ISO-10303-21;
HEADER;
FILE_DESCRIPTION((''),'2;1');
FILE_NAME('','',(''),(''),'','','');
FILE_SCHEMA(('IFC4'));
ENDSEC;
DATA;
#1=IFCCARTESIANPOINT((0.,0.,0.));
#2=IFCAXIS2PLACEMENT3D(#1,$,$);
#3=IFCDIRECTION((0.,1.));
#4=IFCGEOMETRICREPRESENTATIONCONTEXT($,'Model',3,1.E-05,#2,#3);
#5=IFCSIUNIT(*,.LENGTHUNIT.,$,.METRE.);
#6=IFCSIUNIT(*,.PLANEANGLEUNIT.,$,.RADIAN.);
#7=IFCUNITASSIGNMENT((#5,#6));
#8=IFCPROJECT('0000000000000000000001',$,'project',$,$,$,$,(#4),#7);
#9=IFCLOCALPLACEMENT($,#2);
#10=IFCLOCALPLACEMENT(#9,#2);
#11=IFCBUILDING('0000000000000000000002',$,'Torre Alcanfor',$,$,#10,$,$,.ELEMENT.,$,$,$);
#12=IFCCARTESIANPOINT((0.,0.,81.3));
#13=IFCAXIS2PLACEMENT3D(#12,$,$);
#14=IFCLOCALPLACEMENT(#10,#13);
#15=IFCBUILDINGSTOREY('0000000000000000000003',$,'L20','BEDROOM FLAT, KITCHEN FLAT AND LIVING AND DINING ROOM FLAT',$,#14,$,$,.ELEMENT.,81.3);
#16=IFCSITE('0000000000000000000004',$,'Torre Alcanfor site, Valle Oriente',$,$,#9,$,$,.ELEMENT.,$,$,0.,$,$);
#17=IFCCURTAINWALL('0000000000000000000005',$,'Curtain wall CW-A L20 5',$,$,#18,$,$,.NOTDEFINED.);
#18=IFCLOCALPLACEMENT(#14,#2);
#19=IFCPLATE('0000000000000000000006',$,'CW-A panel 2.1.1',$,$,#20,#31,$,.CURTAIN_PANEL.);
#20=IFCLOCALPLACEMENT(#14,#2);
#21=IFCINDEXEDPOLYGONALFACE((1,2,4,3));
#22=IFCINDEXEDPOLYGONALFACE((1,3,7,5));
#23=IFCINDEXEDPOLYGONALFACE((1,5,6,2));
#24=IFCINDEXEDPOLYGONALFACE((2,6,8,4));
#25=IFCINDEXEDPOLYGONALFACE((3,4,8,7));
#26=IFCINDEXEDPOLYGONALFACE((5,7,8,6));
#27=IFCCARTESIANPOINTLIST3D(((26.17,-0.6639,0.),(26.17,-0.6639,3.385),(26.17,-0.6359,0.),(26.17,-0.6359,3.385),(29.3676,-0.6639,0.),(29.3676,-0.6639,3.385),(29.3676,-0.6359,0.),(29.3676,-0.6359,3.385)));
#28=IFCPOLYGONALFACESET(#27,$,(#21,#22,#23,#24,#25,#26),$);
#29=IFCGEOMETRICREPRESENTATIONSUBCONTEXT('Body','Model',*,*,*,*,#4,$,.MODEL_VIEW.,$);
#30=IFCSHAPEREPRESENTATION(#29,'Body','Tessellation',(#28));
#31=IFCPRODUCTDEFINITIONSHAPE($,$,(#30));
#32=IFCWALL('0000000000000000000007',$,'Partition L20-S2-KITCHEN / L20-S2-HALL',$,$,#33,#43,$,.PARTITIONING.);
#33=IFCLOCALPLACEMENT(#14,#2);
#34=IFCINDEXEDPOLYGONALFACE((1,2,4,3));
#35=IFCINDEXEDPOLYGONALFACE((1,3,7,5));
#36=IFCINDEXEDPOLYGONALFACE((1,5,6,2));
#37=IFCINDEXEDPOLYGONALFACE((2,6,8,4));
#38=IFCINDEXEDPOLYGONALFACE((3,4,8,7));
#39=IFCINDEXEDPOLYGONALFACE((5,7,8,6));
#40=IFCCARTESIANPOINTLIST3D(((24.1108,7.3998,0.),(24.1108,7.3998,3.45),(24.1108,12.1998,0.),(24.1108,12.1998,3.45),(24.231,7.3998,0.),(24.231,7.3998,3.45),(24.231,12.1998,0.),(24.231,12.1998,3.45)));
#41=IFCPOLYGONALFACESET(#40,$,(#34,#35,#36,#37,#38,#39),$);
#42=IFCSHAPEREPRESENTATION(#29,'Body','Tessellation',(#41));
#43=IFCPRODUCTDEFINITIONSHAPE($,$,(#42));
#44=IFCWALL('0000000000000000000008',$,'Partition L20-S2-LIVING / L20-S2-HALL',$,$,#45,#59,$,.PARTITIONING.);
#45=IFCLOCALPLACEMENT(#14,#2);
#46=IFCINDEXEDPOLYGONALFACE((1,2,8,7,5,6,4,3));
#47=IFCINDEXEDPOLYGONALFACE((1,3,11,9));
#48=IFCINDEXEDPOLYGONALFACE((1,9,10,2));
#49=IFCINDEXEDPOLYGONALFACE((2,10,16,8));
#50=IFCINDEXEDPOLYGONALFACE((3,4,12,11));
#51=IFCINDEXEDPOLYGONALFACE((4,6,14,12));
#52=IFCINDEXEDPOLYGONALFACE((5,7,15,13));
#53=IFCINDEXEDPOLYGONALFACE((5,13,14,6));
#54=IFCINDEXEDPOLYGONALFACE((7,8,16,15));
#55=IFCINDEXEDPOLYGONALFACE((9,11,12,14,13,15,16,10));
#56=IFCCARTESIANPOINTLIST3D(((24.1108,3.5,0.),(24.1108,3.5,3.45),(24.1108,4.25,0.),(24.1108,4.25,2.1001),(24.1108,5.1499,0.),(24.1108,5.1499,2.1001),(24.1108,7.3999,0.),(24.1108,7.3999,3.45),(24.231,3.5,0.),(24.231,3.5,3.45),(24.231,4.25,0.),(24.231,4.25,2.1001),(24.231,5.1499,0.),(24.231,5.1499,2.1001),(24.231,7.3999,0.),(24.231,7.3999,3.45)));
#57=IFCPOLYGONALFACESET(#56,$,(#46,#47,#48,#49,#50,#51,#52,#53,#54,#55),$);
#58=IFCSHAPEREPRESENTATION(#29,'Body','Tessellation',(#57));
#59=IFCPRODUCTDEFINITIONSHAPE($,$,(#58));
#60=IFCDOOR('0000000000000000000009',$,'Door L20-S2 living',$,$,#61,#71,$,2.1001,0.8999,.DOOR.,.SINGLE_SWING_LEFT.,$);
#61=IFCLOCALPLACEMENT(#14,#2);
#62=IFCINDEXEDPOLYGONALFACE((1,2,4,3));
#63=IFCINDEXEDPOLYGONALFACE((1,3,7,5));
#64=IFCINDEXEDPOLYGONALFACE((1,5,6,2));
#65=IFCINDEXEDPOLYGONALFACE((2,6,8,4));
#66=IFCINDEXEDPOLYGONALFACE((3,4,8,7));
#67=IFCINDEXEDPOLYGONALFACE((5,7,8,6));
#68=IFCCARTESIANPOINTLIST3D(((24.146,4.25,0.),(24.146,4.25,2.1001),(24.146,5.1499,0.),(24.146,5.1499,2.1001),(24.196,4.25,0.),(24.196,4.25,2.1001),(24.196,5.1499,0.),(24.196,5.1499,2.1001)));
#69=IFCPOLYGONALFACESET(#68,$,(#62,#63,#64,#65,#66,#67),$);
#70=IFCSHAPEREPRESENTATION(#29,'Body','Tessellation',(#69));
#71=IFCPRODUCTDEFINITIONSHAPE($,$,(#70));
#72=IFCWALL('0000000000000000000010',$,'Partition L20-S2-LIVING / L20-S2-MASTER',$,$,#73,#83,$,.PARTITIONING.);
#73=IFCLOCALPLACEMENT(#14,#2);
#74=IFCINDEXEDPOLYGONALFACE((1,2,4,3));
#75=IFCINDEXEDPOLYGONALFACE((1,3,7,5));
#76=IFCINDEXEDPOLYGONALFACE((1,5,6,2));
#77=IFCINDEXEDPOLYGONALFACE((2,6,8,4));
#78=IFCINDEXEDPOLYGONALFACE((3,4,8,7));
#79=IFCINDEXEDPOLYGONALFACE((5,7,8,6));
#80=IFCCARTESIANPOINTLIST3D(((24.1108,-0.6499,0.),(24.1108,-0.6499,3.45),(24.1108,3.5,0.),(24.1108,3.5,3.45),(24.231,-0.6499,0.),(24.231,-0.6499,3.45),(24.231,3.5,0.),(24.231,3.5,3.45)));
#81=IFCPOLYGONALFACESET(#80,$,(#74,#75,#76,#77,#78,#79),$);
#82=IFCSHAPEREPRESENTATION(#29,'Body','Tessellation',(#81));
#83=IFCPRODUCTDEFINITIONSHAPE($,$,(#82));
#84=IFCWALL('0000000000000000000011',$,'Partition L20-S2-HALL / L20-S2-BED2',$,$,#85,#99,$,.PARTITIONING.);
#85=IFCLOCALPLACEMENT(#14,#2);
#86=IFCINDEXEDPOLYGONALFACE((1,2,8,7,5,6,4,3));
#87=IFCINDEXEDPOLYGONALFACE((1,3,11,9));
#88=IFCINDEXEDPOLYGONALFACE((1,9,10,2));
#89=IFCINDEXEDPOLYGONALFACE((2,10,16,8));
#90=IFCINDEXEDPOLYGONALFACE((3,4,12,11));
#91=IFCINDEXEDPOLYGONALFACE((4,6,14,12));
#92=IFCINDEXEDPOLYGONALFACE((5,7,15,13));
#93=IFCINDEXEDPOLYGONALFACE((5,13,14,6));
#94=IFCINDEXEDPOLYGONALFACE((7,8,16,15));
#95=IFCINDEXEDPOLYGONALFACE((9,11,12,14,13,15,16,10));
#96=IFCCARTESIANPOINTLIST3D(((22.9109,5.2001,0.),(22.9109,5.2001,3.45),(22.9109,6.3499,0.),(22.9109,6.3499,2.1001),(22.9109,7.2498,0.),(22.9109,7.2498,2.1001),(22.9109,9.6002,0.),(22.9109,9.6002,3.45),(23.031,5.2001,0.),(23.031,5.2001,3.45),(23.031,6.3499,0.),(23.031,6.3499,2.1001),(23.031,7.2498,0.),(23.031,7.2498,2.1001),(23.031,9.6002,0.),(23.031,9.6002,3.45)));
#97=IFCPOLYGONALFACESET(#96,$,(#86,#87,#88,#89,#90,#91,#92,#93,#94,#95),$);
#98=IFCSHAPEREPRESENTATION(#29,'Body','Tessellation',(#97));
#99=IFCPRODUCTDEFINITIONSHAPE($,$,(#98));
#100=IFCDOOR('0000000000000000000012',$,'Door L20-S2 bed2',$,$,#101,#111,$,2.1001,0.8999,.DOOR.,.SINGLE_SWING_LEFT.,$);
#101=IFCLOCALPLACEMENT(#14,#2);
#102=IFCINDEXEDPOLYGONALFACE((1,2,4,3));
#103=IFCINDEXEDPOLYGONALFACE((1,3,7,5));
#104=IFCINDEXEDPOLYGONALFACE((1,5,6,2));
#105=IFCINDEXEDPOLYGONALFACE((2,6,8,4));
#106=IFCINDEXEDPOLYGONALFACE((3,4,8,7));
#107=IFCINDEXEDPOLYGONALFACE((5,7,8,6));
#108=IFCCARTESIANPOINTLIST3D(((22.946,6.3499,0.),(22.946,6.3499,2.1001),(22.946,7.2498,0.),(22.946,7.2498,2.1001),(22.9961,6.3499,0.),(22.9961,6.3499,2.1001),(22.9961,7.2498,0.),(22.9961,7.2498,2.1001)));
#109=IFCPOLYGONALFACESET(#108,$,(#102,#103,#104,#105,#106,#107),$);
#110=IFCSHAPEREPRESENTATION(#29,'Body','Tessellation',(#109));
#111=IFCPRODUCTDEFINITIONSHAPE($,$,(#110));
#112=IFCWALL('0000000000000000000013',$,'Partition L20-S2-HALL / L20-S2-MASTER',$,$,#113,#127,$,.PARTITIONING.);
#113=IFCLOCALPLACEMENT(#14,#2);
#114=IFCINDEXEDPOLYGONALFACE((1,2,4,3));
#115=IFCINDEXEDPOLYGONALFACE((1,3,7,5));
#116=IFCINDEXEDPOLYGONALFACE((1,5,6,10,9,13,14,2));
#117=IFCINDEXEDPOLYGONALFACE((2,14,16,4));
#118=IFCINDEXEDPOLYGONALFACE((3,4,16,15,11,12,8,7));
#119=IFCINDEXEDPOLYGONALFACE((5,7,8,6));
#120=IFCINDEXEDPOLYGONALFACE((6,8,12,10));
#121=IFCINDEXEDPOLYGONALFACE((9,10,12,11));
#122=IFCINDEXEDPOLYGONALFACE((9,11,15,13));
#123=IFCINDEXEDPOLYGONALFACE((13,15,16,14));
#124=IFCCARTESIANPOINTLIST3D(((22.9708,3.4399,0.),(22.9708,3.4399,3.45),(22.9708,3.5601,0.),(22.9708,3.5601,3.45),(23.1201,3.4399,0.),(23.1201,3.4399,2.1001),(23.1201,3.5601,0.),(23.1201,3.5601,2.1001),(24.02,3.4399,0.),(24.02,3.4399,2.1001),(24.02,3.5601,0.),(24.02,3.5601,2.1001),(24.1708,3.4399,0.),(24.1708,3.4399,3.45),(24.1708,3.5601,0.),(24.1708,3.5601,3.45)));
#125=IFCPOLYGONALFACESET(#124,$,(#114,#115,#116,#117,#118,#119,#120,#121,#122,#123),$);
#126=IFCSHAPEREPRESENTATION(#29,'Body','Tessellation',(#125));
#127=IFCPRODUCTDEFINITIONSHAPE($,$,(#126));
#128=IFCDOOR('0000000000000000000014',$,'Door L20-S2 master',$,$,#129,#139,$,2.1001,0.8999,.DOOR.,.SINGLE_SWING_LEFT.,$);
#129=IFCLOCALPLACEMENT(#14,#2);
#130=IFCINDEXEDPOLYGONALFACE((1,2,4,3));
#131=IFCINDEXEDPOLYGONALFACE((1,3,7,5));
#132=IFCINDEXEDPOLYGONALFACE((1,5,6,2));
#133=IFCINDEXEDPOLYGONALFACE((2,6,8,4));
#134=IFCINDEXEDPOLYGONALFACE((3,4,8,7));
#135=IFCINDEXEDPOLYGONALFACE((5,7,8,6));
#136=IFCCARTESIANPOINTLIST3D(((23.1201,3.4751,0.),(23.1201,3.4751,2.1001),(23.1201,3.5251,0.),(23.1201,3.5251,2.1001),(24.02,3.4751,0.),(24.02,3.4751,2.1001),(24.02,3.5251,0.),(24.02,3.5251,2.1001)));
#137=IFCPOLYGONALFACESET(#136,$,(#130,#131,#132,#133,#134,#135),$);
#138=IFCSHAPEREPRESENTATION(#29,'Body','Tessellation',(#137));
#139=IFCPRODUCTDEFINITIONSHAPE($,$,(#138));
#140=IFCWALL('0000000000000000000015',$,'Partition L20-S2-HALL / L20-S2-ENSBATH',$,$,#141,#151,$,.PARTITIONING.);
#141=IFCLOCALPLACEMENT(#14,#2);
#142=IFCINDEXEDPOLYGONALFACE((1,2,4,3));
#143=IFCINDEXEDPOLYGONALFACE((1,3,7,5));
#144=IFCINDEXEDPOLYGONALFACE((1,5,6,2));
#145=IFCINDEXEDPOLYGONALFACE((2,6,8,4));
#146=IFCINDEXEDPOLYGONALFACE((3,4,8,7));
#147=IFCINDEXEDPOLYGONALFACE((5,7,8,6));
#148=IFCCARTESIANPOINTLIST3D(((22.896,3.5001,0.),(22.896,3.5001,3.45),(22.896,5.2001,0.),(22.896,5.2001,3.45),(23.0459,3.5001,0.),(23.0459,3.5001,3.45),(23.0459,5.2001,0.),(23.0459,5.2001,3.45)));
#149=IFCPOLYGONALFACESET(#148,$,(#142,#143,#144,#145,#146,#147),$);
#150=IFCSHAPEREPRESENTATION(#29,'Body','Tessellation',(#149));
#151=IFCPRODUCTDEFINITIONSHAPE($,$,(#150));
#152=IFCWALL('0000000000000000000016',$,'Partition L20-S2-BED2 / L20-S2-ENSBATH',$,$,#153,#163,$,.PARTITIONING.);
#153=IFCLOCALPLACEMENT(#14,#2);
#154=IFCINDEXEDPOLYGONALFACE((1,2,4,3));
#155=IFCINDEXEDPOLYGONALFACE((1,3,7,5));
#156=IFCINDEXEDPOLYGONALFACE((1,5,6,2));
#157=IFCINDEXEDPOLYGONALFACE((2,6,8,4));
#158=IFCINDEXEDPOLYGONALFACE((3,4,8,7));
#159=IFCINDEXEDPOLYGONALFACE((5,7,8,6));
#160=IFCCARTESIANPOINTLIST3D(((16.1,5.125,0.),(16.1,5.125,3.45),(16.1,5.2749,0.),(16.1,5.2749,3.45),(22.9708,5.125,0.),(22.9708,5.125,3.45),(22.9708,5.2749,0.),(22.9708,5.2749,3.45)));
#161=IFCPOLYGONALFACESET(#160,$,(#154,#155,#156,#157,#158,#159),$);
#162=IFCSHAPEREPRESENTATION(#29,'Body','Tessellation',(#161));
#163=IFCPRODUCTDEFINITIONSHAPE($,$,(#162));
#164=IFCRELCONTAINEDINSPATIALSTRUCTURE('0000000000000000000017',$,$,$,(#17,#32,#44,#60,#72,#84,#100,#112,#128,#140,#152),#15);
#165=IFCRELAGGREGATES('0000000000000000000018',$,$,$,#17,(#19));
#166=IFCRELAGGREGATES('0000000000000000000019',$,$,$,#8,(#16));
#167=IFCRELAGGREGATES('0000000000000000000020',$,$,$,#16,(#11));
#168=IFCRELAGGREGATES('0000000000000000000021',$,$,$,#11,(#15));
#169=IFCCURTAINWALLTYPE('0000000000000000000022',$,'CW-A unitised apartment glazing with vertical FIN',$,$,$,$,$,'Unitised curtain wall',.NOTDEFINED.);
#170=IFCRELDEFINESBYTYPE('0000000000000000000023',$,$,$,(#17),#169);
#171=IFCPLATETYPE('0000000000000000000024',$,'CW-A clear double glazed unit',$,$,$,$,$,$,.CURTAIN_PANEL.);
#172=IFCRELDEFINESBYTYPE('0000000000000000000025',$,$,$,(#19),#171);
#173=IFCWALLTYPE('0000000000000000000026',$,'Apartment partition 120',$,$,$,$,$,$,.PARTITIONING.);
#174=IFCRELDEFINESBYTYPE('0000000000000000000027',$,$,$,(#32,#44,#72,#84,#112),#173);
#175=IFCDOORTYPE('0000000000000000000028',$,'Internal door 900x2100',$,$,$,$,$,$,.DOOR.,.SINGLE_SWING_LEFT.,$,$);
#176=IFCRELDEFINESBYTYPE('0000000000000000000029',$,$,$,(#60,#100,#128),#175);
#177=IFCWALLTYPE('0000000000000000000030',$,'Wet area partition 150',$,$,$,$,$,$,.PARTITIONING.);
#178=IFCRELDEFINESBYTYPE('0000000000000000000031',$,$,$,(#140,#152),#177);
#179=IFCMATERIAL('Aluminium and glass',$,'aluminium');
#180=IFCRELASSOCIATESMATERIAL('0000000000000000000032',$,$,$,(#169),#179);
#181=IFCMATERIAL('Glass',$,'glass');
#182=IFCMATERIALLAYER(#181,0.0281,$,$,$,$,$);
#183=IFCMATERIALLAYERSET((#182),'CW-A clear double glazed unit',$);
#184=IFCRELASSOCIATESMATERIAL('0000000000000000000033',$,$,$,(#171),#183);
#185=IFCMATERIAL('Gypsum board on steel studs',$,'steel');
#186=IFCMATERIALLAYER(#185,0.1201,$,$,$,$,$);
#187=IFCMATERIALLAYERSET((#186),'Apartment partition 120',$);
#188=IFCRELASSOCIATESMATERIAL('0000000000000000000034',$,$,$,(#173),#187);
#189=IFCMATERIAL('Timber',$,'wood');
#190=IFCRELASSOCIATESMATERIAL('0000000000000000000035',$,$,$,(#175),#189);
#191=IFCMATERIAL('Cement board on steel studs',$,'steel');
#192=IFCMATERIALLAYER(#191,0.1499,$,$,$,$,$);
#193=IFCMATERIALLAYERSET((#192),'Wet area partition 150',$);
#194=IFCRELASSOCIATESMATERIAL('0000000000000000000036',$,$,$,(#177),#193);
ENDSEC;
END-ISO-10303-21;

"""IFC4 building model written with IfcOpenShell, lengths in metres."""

from ifc_helpers import new_model, si_unit, direction, frame, frame_2d, origin, origin_2d, place, context, subcontext, project, spatial, rectangle, extrude, material, layer, layer_set, type_object, element, fill, aggregate, save


model = new_model("IFC4")

# Units and contexts
model_context = context("Model", 3, precision=1e-05, world=origin(), true_north=direction((0.0, 1.0)))
body_context = subcontext(model_context, "Body", "Model", "MODEL_VIEW")
ifc_project = project(units=[si_unit("LENGTHUNIT", "METRE"), si_unit("PLANEANGLEUNIT", "RADIAN")], contexts=[model_context])

# Site, building, storey
site_placement = place(None, origin())
site = spatial("IfcSite", under=ifc_project, at=site_placement, Name="Torre Alcanfor site, Valle Oriente", CompositionType="ELEMENT", RefElevation=0.0)
building_placement = place(site_placement, origin())
building = spatial("IfcBuilding", under=site, at=building_placement, Name="Torre Alcanfor", CompositionType="ELEMENT")
storey_placement = place(building_placement, frame((0.0, 0.0, 81.3)))
storey = spatial("IfcBuildingStorey", under=building, at=storey_placement, Name="L20", Description="BEDROOM FLAT, KITCHEN FLAT AND LIVING AND DINING ROOM FLAT", CompositionType="ELEMENT", Elevation=81.3)

# Curtain wall
ifc_material_1 = material(Name="Aluminium and glass", Category="aluminium")
curtain_wall_type = type_object("IfcCurtainWallType", Name="CW-A unitised apartment glazing with vertical FIN", ElementType="Unitised curtain wall", PredefinedType="NOTDEFINED", material=ifc_material_1)
curtain_wall_placement = place(storey_placement, origin())
curtain_wall = element("IfcCurtainWall", 1, at=curtain_wall_placement, inside=storey, type_object=curtain_wall_type, Name="Curtain wall CW-A L20 5", PredefinedType="NOTDEFINED")

# Plate
ifc_material_2 = material(Name="Glass", Category="glass")
ifc_layer_1 = layer(ifc_material_2, 0.0281)
ifc_layer_set_1 = layer_set([ifc_layer_1], Name="CW-A clear double glazed unit")
plate_type = type_object("IfcPlateType", Name="CW-A clear double glazed unit", PredefinedType="CURTAIN_PANEL", material=ifc_layer_set_1)
plate_1_placement = place(storey_placement, frame((27.7688, -0.6499, 0.0), z_axis=(0.0, 0.0, 1.0), x_axis=(1.0, 0.0, 0.0)))
plate_1 = element("IfcPlate", 2, at=plate_1_placement, type_object=plate_type, Name="CW-A panel 2.1.1", PredefinedType="CURTAIN_PANEL", context=body_context, shape_type="SweptSolid", body=[
    extrude(rectangle(XDim=3.1975, YDim=0.0281, at=origin_2d()), origin(), (0.0, 0.0, 1.0), 3.385),
])
aggregate(curtain_wall, [plate_1])

# Wall
ifc_material_3 = material(Name="Gypsum board on steel studs", Category="steel")
ifc_layer_2 = layer(ifc_material_3, 0.1201)
ifc_layer_set_2 = layer_set([ifc_layer_2], Name="Apartment partition 120")
wall_type_1 = type_object("IfcWallType", Name="Apartment partition 120", PredefinedType="PARTITIONING", material=ifc_layer_set_2)
wall_1_placement = place(storey_placement, frame((24.1709, 7.3999, 0.0), z_axis=(0.0, 0.0, 1.0), x_axis=(0.0, 1.0, 0.0)))
element("IfcWall", 3, at=wall_1_placement, inside=storey, type_object=wall_type_1, Name="Partition L20-S2-KITCHEN / L20-S2-HALL", PredefinedType="PARTITIONING", context=body_context, shape_type="SweptSolid", body=[
    extrude(rectangle(XDim=4.8, YDim=0.1201, at=frame_2d((2.3999, 0.0))), origin(), (0.0, 0.0, 1.0), 3.45),
])

# Wall, opening, door
wall_2_placement = place(storey_placement, frame((24.1709, 3.5, 0.0), z_axis=(0.0, 0.0, 1.0), x_axis=(0.0, 1.0, 0.0)))
wall_2 = element("IfcWall", 4, at=wall_2_placement, inside=storey, type_object=wall_type_1, Name="Partition L20-S2-LIVING / L20-S2-HALL", PredefinedType="PARTITIONING", context=body_context, shape_type="SweptSolid", body=[
    extrude(rectangle(XDim=3.8999, YDim=0.1201, at=frame_2d((1.95, 0.0))), origin(), (0.0, 0.0, 1.0), 3.45),
])
opening_1_placement = place(wall_2_placement, frame((0.75, 0.0, 0.0)))
opening_1 = element("IfcOpeningElement", 5, at=opening_1_placement, cuts=wall_2, PredefinedType="OPENING", context=body_context, shape_type="SweptSolid", body=[
    extrude(rectangle(XDim=0.8999, YDim=2.1001, at=frame_2d((0.45, 1.05))), frame((0.0, 0.0701, 0.0), z_axis=(0.0, -1.0, 0.0), x_axis=(1.0, 0.0, 0.0)), (0.0, 0.0, 1.0), 0.1401),
])
ifc_material_4 = material(Name="Timber", Category="wood")
door_type_1 = type_object("IfcDoorType", Name="Internal door 900x2100", OperationType="SINGLE_SWING_LEFT", PredefinedType="DOOR", material=ifc_material_4)
door_1_placement = place(opening_1_placement, frame((0.8999, 0.0, 0.0), z_axis=(0.0, 0.0, 1.0), x_axis=(-1.0, 0.0, 0.0)))
door_1 = element("IfcDoor", 6, at=door_1_placement, inside=storey, type_object=door_type_1, Name="Door L20-S2 living", OperationType="SINGLE_SWING_LEFT", OverallHeight=2.1001, OverallWidth=0.8999, PredefinedType="DOOR", context=body_context, shape_type="SweptSolid", body=[
    extrude(rectangle(XDim=0.8999, YDim=2.1001, at=frame_2d((0.45, 1.05))), frame((0.0, 0.0251, 0.0), z_axis=(0.0, -1.0, 0.0), x_axis=(1.0, 0.0, 0.0)), (0.0, 0.0, 1.0), 0.05),
])
fill(opening_1, door_1)

# Wall
wall_3_placement = place(storey_placement, frame((24.1709, -0.6499, 0.0), z_axis=(0.0, 0.0, 1.0), x_axis=(0.0, 1.0, 0.0)))
element("IfcWall", 7, at=wall_3_placement, inside=storey, type_object=wall_type_1, Name="Partition L20-S2-LIVING / L20-S2-MASTER", PredefinedType="PARTITIONING", context=body_context, shape_type="SweptSolid", body=[
    extrude(rectangle(XDim=4.1499, YDim=0.1201, at=frame_2d((2.075, 0.0))), origin(), (0.0, 0.0, 1.0), 3.45),
])

# Walls, openings, doors
wall_4_placement = place(storey_placement, frame((22.9709, 5.2, 0.0), z_axis=(0.0, 0.0, 1.0), x_axis=(0.0, 1.0, 0.0)))
wall_4 = element("IfcWall", 8, at=wall_4_placement, inside=storey, type_object=wall_type_1, Name="Partition L20-S2-HALL / L20-S2-BED2", PredefinedType="PARTITIONING", context=body_context, shape_type="SweptSolid", body=[
    extrude(rectangle(XDim=4.4001, YDim=0.1201, at=frame_2d((2.2002, 0.0))), origin(), (0.0, 0.0, 1.0), 3.45),
])
opening_2_placement = place(wall_4_placement, frame((1.1499, 0.0, 0.0)))
opening_2 = element("IfcOpeningElement", 9, at=opening_2_placement, cuts=wall_4, PredefinedType="OPENING", context=body_context, shape_type="SweptSolid", body=[
    extrude(rectangle(XDim=0.8999, YDim=2.1001, at=frame_2d((0.45, 1.05))), frame((0.0, 0.0701, 0.0), z_axis=(0.0, -1.0, 0.0), x_axis=(1.0, 0.0, 0.0)), (0.0, 0.0, 1.0), 0.1401),
])
door_2_placement = place(opening_2_placement, origin())
door_2 = element("IfcDoor", 10, at=door_2_placement, inside=storey, type_object=door_type_1, Name="Door L20-S2 bed2", OperationType="SINGLE_SWING_LEFT", OverallHeight=2.1001, OverallWidth=0.8999, PredefinedType="DOOR", context=body_context, shape_type="SweptSolid", body=[
    extrude(rectangle(XDim=0.8999, YDim=2.1001, at=frame_2d((0.45, 1.05))), frame((0.0, 0.0249, 0.0), z_axis=(0.0, -1.0, 0.0), x_axis=(1.0, 0.0, 0.0)), (0.0, 0.0, 1.0), 0.05),
])
fill(opening_2, door_2)
wall_5_placement = place(storey_placement, frame((24.1709, 3.5, 0.0), z_axis=(0.0, 0.0, 1.0), x_axis=(-1.0, 0.0, 0.0)))
wall_5 = element("IfcWall", 11, at=wall_5_placement, inside=storey, type_object=wall_type_1, Name="Partition L20-S2-HALL / L20-S2-MASTER", PredefinedType="PARTITIONING", context=body_context, shape_type="SweptSolid", body=[
    extrude(rectangle(XDim=1.2, YDim=0.1201, at=frame_2d((0.6001, 0.0))), origin(), (0.0, 0.0, 1.0), 3.45),
])
opening_3_placement = place(wall_5_placement, frame((0.1509, 0.0, 0.0)))
opening_3 = element("IfcOpeningElement", 12, at=opening_3_placement, cuts=wall_5, PredefinedType="OPENING", context=body_context, shape_type="SweptSolid", body=[
    extrude(rectangle(XDim=0.8999, YDim=2.1001, at=frame_2d((0.45, 1.05))), frame((0.0, 0.0701, 0.0), z_axis=(0.0, -1.0, 0.0), x_axis=(1.0, 0.0, 0.0)), (0.0, 0.0, 1.0), 0.1401),
])
door_3_placement = place(opening_3_placement, origin())
door_3 = element("IfcDoor", 13, at=door_3_placement, inside=storey, type_object=door_type_1, Name="Door L20-S2 master", OperationType="SINGLE_SWING_LEFT", OverallHeight=2.1001, OverallWidth=0.8999, PredefinedType="DOOR", context=body_context, shape_type="SweptSolid", body=[
    extrude(rectangle(XDim=0.8999, YDim=2.1001, at=frame_2d((0.45, 1.05))), frame((0.0, 0.0249, 0.0), z_axis=(0.0, -1.0, 0.0), x_axis=(1.0, 0.0, 0.0)), (0.0, 0.0, 1.0), 0.05),
])
fill(opening_3, door_3)

# Walls
ifc_material_5 = material(Name="Cement board on steel studs", Category="steel")
ifc_layer_3 = layer(ifc_material_5, 0.1499)
ifc_layer_set_3 = layer_set([ifc_layer_3], Name="Wet area partition 150")
wall_type_2 = type_object("IfcWallType", Name="Wet area partition 150", PredefinedType="PARTITIONING", material=ifc_layer_set_3)
wall_6_placement = place(storey_placement, frame((22.9709, 3.5, 0.0), z_axis=(0.0, 0.0, 1.0), x_axis=(0.0, 1.0, 0.0)))
element("IfcWall", 14, at=wall_6_placement, inside=storey, type_object=wall_type_2, Name="Partition L20-S2-HALL / L20-S2-ENSBATH", PredefinedType="PARTITIONING", context=body_context, shape_type="SweptSolid", body=[
    extrude(rectangle(XDim=1.7, YDim=0.1499, at=frame_2d((0.8501, 0.0))), origin(), (0.0, 0.0, 1.0), 3.45),
])
wall_7_placement = place(storey_placement, frame((22.9709, 5.2, 0.0), z_axis=(0.0, 0.0, 1.0), x_axis=(-1.0, 0.0, 0.0)))
element("IfcWall", 15, at=wall_7_placement, inside=storey, type_object=wall_type_2, Name="Partition L20-S2-BED2 / L20-S2-ENSBATH", PredefinedType="PARTITIONING", context=body_context, shape_type="SweptSolid", body=[
    extrude(rectangle(XDim=6.8708, YDim=0.1499, at=frame_2d((3.4355, 0.0))), origin(), (0.0, 0.0, 1.0), 3.45),
])

save(model, "model.ifc")
